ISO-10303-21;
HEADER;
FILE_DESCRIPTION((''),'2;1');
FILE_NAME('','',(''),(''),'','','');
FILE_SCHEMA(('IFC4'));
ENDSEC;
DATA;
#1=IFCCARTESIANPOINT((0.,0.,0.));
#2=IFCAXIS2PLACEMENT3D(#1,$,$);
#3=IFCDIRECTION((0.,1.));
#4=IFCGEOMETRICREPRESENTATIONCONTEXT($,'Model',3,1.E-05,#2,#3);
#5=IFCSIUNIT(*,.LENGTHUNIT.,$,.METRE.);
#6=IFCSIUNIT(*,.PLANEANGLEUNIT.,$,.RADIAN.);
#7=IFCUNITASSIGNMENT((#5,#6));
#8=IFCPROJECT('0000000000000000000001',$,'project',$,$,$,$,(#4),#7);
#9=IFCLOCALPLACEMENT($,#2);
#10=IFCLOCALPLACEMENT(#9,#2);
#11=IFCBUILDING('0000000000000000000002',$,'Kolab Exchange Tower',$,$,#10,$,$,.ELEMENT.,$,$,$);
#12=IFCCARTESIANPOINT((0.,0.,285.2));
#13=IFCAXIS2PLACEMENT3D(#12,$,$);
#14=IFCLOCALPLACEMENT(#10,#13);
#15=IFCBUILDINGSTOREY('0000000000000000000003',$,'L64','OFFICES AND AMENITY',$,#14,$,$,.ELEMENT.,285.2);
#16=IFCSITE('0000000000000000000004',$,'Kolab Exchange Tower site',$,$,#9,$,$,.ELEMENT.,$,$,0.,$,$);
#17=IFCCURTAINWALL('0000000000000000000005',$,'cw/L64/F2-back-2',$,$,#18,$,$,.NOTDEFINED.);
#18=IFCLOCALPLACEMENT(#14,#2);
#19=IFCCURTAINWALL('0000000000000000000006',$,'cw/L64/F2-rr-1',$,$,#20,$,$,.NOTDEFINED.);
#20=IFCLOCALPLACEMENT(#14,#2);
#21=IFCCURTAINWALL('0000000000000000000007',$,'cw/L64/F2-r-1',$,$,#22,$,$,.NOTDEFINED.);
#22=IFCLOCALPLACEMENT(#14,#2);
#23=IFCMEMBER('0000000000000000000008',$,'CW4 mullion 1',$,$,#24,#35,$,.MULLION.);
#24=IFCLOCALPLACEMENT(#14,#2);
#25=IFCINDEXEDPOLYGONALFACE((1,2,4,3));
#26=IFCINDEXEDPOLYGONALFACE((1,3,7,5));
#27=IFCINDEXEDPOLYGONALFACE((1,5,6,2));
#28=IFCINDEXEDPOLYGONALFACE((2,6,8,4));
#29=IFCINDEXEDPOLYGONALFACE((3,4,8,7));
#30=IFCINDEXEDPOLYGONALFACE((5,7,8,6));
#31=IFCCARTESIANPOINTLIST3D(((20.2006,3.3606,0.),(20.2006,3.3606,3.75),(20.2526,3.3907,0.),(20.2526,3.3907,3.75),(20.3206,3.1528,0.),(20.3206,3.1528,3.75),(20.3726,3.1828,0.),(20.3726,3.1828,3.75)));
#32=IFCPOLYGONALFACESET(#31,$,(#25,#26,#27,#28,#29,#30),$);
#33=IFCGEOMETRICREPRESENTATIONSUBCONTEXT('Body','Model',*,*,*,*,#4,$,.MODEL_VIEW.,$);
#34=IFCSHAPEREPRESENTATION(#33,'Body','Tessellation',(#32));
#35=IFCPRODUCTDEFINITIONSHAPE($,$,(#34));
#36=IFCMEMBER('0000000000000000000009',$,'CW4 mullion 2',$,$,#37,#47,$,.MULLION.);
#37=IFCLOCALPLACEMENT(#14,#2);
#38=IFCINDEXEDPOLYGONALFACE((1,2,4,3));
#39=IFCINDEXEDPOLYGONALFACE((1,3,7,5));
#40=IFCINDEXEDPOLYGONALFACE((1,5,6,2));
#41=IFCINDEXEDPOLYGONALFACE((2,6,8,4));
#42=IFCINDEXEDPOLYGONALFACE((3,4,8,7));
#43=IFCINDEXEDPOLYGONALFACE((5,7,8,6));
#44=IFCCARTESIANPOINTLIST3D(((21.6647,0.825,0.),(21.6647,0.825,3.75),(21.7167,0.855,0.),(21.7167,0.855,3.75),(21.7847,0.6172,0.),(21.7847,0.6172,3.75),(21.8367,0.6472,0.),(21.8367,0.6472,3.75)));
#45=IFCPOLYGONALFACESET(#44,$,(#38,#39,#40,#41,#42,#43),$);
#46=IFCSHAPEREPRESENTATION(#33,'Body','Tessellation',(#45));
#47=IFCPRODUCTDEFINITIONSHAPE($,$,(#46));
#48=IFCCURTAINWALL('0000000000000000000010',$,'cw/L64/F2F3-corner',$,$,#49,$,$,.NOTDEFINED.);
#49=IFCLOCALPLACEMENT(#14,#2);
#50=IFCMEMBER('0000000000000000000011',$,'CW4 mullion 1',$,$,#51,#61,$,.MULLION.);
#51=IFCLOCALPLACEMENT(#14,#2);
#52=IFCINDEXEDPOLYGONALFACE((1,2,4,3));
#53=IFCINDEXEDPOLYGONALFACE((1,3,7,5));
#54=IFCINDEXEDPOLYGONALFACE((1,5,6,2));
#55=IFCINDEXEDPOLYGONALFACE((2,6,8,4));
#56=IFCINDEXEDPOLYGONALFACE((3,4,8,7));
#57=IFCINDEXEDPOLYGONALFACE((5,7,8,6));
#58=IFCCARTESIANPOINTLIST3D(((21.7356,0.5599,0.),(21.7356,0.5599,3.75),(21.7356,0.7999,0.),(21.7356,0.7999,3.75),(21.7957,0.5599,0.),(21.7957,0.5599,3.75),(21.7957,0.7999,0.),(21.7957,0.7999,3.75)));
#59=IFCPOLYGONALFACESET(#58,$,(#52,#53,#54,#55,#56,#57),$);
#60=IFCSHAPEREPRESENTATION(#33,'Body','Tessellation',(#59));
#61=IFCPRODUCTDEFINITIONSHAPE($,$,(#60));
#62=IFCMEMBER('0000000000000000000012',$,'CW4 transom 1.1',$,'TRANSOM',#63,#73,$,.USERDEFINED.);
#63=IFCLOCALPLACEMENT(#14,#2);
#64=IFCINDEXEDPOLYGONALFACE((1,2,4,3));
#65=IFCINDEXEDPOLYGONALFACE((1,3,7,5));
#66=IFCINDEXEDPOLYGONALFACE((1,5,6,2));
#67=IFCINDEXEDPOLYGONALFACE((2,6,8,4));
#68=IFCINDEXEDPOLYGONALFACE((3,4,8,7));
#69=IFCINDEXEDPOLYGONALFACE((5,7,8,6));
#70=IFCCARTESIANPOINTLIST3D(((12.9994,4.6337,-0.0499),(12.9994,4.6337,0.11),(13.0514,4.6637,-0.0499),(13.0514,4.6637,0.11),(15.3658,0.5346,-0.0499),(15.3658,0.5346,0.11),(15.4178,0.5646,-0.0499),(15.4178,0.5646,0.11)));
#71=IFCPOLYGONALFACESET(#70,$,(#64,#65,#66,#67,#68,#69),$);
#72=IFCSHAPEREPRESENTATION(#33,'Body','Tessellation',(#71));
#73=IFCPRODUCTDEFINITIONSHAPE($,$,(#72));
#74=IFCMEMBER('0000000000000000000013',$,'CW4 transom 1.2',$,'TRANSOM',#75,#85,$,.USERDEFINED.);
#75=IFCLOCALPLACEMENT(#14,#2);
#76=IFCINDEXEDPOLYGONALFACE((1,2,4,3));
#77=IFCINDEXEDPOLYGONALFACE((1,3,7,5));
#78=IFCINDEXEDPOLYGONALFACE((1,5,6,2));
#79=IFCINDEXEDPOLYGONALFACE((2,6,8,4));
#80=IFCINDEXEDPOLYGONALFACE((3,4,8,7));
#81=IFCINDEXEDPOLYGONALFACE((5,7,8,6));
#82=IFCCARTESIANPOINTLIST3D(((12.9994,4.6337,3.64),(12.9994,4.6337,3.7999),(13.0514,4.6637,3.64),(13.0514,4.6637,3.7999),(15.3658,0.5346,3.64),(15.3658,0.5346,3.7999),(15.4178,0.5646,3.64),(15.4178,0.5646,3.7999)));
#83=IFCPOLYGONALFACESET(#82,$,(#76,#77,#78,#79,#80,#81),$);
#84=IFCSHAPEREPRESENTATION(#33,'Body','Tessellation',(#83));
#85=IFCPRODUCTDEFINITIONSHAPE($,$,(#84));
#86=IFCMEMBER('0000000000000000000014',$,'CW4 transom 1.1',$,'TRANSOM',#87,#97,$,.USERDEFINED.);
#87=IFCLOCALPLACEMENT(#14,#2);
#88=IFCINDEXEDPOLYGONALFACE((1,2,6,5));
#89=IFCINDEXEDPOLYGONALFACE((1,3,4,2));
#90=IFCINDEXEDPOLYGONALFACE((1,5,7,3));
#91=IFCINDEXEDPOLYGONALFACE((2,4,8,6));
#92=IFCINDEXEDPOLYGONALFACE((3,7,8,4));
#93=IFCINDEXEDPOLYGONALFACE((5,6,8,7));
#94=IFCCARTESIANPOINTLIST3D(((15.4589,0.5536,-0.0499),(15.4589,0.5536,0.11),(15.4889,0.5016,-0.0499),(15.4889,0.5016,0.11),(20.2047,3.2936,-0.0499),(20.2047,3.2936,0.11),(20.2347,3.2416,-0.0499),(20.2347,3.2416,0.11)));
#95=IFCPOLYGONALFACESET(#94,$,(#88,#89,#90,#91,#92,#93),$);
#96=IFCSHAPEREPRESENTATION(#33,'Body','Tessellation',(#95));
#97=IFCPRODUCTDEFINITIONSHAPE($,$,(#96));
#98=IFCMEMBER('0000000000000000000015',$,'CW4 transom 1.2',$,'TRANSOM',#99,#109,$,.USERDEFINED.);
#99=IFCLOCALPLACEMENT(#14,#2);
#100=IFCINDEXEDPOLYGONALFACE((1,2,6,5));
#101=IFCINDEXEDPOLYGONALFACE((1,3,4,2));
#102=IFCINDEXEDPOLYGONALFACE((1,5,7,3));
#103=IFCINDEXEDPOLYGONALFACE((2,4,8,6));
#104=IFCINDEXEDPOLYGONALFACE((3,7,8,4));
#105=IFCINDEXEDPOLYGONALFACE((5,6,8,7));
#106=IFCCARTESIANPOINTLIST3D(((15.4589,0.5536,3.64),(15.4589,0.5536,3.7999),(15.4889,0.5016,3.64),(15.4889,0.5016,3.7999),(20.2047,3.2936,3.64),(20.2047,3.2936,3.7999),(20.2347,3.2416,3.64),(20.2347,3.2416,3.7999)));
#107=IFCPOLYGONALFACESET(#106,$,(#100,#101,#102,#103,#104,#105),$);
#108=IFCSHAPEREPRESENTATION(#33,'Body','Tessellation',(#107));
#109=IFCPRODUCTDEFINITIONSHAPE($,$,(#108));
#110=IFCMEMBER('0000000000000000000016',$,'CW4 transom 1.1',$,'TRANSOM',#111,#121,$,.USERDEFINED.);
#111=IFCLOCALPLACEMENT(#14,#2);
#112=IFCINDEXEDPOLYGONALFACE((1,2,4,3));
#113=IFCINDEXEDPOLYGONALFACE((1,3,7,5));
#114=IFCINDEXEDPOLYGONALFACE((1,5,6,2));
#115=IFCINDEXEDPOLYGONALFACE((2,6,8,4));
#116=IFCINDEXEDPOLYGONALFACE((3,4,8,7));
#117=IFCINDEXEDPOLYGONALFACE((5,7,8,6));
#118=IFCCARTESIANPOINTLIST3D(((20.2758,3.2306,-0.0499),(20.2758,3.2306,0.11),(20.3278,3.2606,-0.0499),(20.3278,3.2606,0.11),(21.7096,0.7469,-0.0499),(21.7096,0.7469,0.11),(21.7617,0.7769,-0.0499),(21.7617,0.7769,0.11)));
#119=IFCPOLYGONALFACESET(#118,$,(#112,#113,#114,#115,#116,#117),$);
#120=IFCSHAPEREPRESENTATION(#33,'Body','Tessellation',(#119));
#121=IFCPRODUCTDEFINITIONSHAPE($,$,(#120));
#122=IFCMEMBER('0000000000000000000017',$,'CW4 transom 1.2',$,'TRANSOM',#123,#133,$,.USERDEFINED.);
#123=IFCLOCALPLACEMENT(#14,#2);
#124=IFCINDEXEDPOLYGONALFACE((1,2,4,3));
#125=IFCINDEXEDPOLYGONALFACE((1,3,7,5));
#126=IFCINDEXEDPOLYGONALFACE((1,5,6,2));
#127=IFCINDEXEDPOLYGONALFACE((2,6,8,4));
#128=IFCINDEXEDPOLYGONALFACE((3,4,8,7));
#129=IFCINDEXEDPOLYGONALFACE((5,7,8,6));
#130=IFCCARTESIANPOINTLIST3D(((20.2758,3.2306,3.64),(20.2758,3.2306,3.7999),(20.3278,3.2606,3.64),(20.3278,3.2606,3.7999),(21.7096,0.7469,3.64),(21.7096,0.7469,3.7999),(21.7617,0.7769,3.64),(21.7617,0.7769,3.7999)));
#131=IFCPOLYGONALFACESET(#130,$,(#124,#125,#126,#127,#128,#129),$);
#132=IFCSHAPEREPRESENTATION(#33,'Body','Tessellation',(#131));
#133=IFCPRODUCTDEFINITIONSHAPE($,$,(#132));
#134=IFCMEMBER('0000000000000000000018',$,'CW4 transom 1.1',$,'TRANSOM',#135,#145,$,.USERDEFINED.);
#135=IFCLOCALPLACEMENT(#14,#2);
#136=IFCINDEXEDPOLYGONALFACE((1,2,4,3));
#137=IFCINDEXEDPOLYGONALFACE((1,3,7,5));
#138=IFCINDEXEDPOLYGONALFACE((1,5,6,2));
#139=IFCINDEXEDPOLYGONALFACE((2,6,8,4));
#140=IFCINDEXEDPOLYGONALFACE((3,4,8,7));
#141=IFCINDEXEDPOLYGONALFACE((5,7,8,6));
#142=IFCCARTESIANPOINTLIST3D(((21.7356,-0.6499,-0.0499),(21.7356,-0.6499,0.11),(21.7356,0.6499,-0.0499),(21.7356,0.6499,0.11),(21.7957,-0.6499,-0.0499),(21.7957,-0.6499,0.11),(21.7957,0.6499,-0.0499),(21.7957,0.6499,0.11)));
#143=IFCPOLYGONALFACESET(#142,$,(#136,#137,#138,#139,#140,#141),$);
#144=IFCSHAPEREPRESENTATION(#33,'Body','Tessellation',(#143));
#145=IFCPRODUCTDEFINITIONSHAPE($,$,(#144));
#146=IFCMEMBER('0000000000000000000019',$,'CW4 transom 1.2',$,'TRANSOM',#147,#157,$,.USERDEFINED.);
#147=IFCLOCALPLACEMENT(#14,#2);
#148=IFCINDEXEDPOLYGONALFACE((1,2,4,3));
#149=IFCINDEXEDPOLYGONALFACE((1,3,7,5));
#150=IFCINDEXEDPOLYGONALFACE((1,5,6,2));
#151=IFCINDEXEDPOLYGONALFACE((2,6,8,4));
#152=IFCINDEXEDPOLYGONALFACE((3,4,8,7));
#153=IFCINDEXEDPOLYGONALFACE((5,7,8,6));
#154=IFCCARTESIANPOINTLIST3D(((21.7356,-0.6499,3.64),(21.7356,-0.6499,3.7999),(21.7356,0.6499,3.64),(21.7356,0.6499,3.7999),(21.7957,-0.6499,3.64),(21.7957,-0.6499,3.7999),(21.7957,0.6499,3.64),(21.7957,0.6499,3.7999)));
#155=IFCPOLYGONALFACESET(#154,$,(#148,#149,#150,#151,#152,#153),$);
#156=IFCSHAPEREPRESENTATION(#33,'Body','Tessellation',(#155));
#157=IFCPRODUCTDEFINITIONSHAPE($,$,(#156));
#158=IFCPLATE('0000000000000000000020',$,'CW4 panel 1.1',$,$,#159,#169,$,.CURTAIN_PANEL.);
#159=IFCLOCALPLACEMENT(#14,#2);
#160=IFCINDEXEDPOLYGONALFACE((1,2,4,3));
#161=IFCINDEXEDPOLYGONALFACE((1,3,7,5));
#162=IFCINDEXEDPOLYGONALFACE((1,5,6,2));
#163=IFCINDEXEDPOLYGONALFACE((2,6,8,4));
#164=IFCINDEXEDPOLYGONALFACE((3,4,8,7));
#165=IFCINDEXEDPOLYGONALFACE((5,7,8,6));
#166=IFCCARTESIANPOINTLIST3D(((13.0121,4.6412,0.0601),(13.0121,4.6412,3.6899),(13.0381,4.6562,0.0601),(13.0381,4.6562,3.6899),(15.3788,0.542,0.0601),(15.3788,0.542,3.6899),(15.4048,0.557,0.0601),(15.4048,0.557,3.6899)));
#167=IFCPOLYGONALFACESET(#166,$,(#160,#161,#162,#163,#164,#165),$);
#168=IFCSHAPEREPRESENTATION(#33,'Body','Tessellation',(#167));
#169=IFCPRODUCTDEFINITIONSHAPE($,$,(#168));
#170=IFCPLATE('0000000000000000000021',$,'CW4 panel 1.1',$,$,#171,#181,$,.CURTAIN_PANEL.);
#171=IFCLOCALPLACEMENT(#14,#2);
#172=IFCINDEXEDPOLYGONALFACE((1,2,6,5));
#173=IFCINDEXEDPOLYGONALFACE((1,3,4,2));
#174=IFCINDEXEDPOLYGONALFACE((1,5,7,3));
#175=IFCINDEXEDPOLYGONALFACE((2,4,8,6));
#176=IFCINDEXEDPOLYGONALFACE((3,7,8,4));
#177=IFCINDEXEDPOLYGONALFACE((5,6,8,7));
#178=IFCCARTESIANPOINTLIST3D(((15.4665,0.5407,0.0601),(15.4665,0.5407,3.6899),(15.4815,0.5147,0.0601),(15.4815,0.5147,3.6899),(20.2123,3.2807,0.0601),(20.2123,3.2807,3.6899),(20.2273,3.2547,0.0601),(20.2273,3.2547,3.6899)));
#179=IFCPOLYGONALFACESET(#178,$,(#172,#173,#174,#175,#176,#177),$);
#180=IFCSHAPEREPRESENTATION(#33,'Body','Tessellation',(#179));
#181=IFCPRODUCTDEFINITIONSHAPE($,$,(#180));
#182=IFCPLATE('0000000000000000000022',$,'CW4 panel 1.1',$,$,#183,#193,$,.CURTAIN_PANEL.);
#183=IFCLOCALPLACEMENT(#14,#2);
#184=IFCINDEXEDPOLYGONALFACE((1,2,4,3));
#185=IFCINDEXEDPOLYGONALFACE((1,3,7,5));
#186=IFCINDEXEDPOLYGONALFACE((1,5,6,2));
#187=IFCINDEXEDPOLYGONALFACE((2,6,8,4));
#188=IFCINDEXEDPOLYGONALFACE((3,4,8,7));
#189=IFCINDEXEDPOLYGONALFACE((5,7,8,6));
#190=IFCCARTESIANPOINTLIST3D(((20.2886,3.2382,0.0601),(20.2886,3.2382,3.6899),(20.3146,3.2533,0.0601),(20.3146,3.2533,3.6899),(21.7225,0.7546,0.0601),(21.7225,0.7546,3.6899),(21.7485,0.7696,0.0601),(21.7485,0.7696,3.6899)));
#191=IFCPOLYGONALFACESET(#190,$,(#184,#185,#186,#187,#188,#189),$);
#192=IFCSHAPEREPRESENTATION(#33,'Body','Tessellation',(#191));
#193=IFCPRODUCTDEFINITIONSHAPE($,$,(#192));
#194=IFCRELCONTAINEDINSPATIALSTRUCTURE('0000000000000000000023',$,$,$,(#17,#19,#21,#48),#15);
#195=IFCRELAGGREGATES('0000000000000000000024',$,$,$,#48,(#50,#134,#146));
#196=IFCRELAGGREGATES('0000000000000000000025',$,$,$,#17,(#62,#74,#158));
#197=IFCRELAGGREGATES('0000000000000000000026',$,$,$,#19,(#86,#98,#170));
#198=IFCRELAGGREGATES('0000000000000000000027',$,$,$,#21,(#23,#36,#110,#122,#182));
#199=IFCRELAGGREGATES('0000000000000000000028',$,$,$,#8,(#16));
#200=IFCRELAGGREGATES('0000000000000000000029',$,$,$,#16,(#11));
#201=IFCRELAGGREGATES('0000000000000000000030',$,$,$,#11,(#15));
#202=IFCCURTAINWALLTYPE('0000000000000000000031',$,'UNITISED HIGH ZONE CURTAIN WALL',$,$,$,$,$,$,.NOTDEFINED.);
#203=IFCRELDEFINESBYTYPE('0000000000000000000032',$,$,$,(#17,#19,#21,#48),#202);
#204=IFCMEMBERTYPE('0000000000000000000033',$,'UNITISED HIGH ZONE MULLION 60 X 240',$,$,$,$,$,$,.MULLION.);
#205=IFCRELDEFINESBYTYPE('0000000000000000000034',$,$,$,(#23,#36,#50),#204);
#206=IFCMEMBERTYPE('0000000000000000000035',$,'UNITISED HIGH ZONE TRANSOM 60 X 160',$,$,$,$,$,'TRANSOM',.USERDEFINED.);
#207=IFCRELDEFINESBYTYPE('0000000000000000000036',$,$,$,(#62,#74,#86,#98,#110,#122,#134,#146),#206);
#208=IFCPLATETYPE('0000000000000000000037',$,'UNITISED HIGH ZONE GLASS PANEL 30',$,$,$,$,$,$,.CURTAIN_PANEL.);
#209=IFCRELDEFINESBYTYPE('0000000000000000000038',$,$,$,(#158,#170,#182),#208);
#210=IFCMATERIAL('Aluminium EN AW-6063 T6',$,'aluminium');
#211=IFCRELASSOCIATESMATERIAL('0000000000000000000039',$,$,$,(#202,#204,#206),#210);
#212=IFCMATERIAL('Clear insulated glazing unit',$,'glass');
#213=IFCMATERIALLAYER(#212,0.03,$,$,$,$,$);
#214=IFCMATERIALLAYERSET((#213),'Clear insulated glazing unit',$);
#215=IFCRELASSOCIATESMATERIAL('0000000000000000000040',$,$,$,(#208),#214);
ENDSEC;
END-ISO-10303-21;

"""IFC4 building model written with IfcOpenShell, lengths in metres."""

from ifc_helpers import new_model, si_unit, direction, frame, origin, origin_2d, place, context, subcontext, project, spatial, rectangle, extrude, material, layer, layer_set, material_profile, profile_set, type_object, element, aggregate, save


model = new_model("IFC4")

# Units and contexts
model_context = context("Model", 3, precision=1e-05, world=origin(), true_north=direction((0.0, 1.0)))
body_context = subcontext(model_context, "Body", "Model", "MODEL_VIEW")
ifc_project = project(units=[si_unit("LENGTHUNIT", "METRE"), si_unit("PLANEANGLEUNIT", "RADIAN")], contexts=[model_context])

# Site, building, storey
site_placement = place(None, origin())
site = spatial("IfcSite", under=ifc_project, at=site_placement, Name="Kolab Exchange Tower site", CompositionType="ELEMENT", RefElevation=0.0)
building_placement = place(site_placement, origin())
building = spatial("IfcBuilding", under=site, at=building_placement, Name="Kolab Exchange Tower", CompositionType="ELEMENT")
storey_placement = place(building_placement, frame((0.0, 0.0, 285.2)))
storey = spatial("IfcBuildingStorey", under=building, at=storey_placement, Name="L64", Description="OFFICES AND AMENITY", CompositionType="ELEMENT", Elevation=285.2)

# Curtain walls, members
ifc_material_1 = material(Name="Aluminium EN AW-6063 T6", Category="aluminium")
curtain_wall_type = type_object("IfcCurtainWallType", Name="UNITISED HIGH ZONE CURTAIN WALL", PredefinedType="NOTDEFINED", material=ifc_material_1)
curtain_wall_1_placement = place(storey_placement, origin())
curtain_wall_1 = element("IfcCurtainWall", 1, at=curtain_wall_1_placement, inside=storey, type_object=curtain_wall_type, Name="cw/L64/F2-back-2", PredefinedType="NOTDEFINED")
ifc_material_profile_1 = material_profile(ifc_material_1, rectangle(XDim=0.0601, YDim=0.24, at=origin_2d()), Name="RECT 60X240")
ifc_profile_set_1 = profile_set([ifc_material_profile_1], Name="Aluminium EN AW-6063 T6")
member_type_1 = type_object("IfcMemberType", Name="UNITISED HIGH ZONE MULLION 60 X 240", PredefinedType="MULLION", material=ifc_profile_set_1)
curtain_wall_2_placement = place(storey_placement, origin())
curtain_wall_2 = element("IfcCurtainWall", 2, at=curtain_wall_2_placement, inside=storey, type_object=curtain_wall_type, Name="cw/L64/F2-rr-1", PredefinedType="NOTDEFINED")
curtain_wall_3_placement = place(storey_placement, origin())
curtain_wall_3 = element("IfcCurtainWall", 3, at=curtain_wall_3_placement, inside=storey, type_object=curtain_wall_type, Name="cw/L64/F2-r-1", PredefinedType="NOTDEFINED")
member_1_placement = place(storey_placement, frame((20.2866, 3.2717, 0.0), z_axis=(0.0, 0.0, 1.0), x_axis=(0.866025, 0.5, 0.0)))
member_1 = element("IfcMember", 4, at=member_1_placement, type_object=member_type_1, Name="CW4 mullion 1", PredefinedType="MULLION", context=body_context, shape_type="SweptSolid", body=[
    extrude(rectangle(XDim=0.0601, YDim=0.24, at=origin_2d()), origin(), (0.0, 0.0, 1.0), 3.75),
])
member_2_placement = place(storey_placement, frame((21.7507, 0.7361, 0.0), z_axis=(0.0, 0.0, 1.0), x_axis=(0.866025, 0.5, 0.0)))
member_2 = element("IfcMember", 5, at=member_2_placement, type_object=member_type_1, Name="CW4 mullion 2", PredefinedType="MULLION", context=body_context, shape_type="SweptSolid", body=[
    extrude(rectangle(XDim=0.0601, YDim=0.24, at=origin_2d()), origin(), (0.0, 0.0, 1.0), 3.75),
])

# Curtain wall, member
curtain_wall_4_placement = place(storey_placement, origin())
curtain_wall_4 = element("IfcCurtainWall", 6, at=curtain_wall_4_placement, inside=storey, type_object=curtain_wall_type, Name="cw/L64/F2F3-corner", PredefinedType="NOTDEFINED")
member_3_placement = place(storey_placement, frame((21.7656, 0.6799, 0.0), z_axis=(0.0, 0.0, 1.0), x_axis=(1.0, 0.0, 0.0)))
member_3 = element("IfcMember", 7, at=member_3_placement, type_object=member_type_1, Name="CW4 mullion 1", PredefinedType="MULLION", context=body_context, shape_type="SweptSolid", body=[
    extrude(rectangle(XDim=0.0601, YDim=0.24, at=origin_2d()), origin(), (0.0, 0.0, 1.0), 3.75),
])

# Members
ifc_material_profile_2 = material_profile(ifc_material_1, rectangle(XDim=0.0601, YDim=0.1599, at=origin_2d()), Name="RECT 60X160")
ifc_profile_set_2 = profile_set([ifc_material_profile_2], Name="Aluminium EN AW-6063 T6")
member_type_2 = type_object("IfcMemberType", Name="UNITISED HIGH ZONE TRANSOM 60 X 160", ElementType="TRANSOM", PredefinedType="USERDEFINED", material=ifc_profile_set_2)
member_4_placement = place(storey_placement, frame((13.0254, 4.6487, 0.03), z_axis=(0.499972, -0.866041, 0.0), x_axis=(0.866041, 0.499972, 0.0)))
member_4 = element("IfcMember", 8, at=member_4_placement, type_object=member_type_2, Name="CW4 transom 1.1", ObjectType="TRANSOM", PredefinedType="USERDEFINED", context=body_context, shape_type="SweptSolid", body=[
    extrude(rectangle(XDim=0.0601, YDim=0.1599, at=origin_2d()), origin(), (0.0, 0.0, 1.0), 4.7332),
])
member_5_placement = place(storey_placement, frame((13.0254, 4.6487, 3.72), z_axis=(0.499972, -0.866041, 0.0), x_axis=(0.866041, 0.499972, 0.0)))
member_5 = element("IfcMember", 9, at=member_5_placement, type_object=member_type_2, Name="CW4 transom 1.2", ObjectType="TRANSOM", PredefinedType="USERDEFINED", context=body_context, shape_type="SweptSolid", body=[
    extrude(rectangle(XDim=0.0601, YDim=0.1599, at=origin_2d()), origin(), (0.0, 0.0, 1.0), 4.7332),
])
member_6_placement = place(storey_placement, frame((15.4739, 0.5276, 0.03), z_axis=(0.866028, 0.499996, 0.0), x_axis=(-0.499996, 0.866028, 0.0)))
member_6 = element("IfcMember", 10, at=member_6_placement, type_object=member_type_2, Name="CW4 transom 1.1", ObjectType="TRANSOM", PredefinedType="USERDEFINED", context=body_context, shape_type="SweptSolid", body=[
    extrude(rectangle(XDim=0.0601, YDim=0.1599, at=origin_2d()), origin(), (0.0, 0.0, 1.0), 5.48),
])
member_7_placement = place(storey_placement, frame((15.4739, 0.5276, 3.72), z_axis=(0.866028, 0.499996, 0.0), x_axis=(-0.499996, 0.866028, 0.0)))
member_7 = element("IfcMember", 11, at=member_7_placement, type_object=member_type_2, Name="CW4 transom 1.2", ObjectType="TRANSOM", PredefinedType="USERDEFINED", context=body_context, shape_type="SweptSolid", body=[
    extrude(rectangle(XDim=0.0601, YDim=0.1599, at=origin_2d()), origin(), (0.0, 0.0, 1.0), 5.48),
])
member_8_placement = place(storey_placement, frame((20.3018, 3.2456, 0.03), z_axis=(0.499975, -0.86604, 0.0), x_axis=(0.86604, 0.499975, 0.0)))
member_8 = element("IfcMember", 12, at=member_8_placement, type_object=member_type_2, Name="CW4 transom 1.1", ObjectType="TRANSOM", PredefinedType="USERDEFINED", context=body_context, shape_type="SweptSolid", body=[
    extrude(rectangle(XDim=0.0601, YDim=0.1599, at=origin_2d()), origin(), (0.0, 0.0, 1.0), 2.8679),
])
member_9_placement = place(storey_placement, frame((20.3018, 3.2456, 3.72), z_axis=(0.499975, -0.86604, 0.0), x_axis=(0.86604, 0.499975, 0.0)))
member_9 = element("IfcMember", 13, at=member_9_placement, type_object=member_type_2, Name="CW4 transom 1.2", ObjectType="TRANSOM", PredefinedType="USERDEFINED", context=body_context, shape_type="SweptSolid", body=[
    extrude(rectangle(XDim=0.0601, YDim=0.1599, at=origin_2d()), origin(), (0.0, 0.0, 1.0), 2.8679),
])
member_10_placement = place(storey_placement, frame((21.7656, 0.6499, 0.03), z_axis=(0.0, -1.0, 0.0), x_axis=(1.0, 0.0, 0.0)))
member_10 = element("IfcMember", 14, at=member_10_placement, type_object=member_type_2, Name="CW4 transom 1.1", ObjectType="TRANSOM", PredefinedType="USERDEFINED", context=body_context, shape_type="SweptSolid", body=[
    extrude(rectangle(XDim=0.0601, YDim=0.1599, at=origin_2d()), origin(), (0.0, 0.0, 1.0), 1.2998),
])
member_11_placement = place(storey_placement, frame((21.7656, 0.6499, 3.72), z_axis=(0.0, -1.0, 0.0), x_axis=(1.0, 0.0, 0.0)))
member_11 = element("IfcMember", 15, at=member_11_placement, type_object=member_type_2, Name="CW4 transom 1.2", ObjectType="TRANSOM", PredefinedType="USERDEFINED", context=body_context, shape_type="SweptSolid", body=[
    extrude(rectangle(XDim=0.0601, YDim=0.1599, at=origin_2d()), origin(), (0.0, 0.0, 1.0), 1.2998),
])
aggregate(curtain_wall_4, [member_3, member_10, member_11])

# Plates
ifc_material_2 = material(Name="Clear insulated glazing unit", Category="glass")
ifc_layer_1 = layer(ifc_material_2, 0.03)
ifc_layer_set_1 = layer_set([ifc_layer_1], Name="Clear insulated glazing unit")
plate_type = type_object("IfcPlateType", Name="UNITISED HIGH ZONE GLASS PANEL 30", PredefinedType="CURTAIN_PANEL", material=ifc_layer_set_1)
plate_1_placement = place(storey_placement, frame((14.2085, 2.5991, 0.0601), z_axis=(0.0, 0.0, 1.0), x_axis=(0.5, -0.866025, 0.0)))
plate_1 = element("IfcPlate", 16, at=plate_1_placement, type_object=plate_type, Name="CW4 panel 1.1", PredefinedType="CURTAIN_PANEL", context=body_context, shape_type="SweptSolid", body=[
    extrude(rectangle(XDim=4.7334, YDim=0.03, at=origin_2d()), origin(), (0.0, 0.0, 1.0), 3.6299),
])
aggregate(curtain_wall_1, [member_4, member_5, plate_1])
plate_2_placement = place(storey_placement, frame((17.8469, 1.8977, 0.0601), z_axis=(0.0, 0.0, 1.0), x_axis=(0.866025, 0.5, 0.0)))
plate_2 = element("IfcPlate", 17, at=plate_2_placement, type_object=plate_type, Name="CW4 panel 1.1", PredefinedType="CURTAIN_PANEL", context=body_context, shape_type="SweptSolid", body=[
    extrude(rectangle(XDim=5.48, YDim=0.03, at=origin_2d()), origin(), (0.0, 0.0, 1.0), 3.6299),
])
aggregate(curtain_wall_2, [member_6, member_7, plate_2])
plate_3_placement = place(storey_placement, frame((21.0186, 2.0039, 0.0601), z_axis=(0.0, 0.0, 1.0), x_axis=(0.5, -0.866025, 0.0)))
plate_3 = element("IfcPlate", 18, at=plate_3_placement, type_object=plate_type, Name="CW4 panel 1.1", PredefinedType="CURTAIN_PANEL", context=body_context, shape_type="SweptSolid", body=[
    extrude(rectangle(XDim=2.8679, YDim=0.03, at=origin_2d()), origin(), (0.0, 0.0, 1.0), 3.6299),
])
aggregate(curtain_wall_3, [member_1, member_2, member_8, member_9, plate_3])

save(model, "model.ifc")
